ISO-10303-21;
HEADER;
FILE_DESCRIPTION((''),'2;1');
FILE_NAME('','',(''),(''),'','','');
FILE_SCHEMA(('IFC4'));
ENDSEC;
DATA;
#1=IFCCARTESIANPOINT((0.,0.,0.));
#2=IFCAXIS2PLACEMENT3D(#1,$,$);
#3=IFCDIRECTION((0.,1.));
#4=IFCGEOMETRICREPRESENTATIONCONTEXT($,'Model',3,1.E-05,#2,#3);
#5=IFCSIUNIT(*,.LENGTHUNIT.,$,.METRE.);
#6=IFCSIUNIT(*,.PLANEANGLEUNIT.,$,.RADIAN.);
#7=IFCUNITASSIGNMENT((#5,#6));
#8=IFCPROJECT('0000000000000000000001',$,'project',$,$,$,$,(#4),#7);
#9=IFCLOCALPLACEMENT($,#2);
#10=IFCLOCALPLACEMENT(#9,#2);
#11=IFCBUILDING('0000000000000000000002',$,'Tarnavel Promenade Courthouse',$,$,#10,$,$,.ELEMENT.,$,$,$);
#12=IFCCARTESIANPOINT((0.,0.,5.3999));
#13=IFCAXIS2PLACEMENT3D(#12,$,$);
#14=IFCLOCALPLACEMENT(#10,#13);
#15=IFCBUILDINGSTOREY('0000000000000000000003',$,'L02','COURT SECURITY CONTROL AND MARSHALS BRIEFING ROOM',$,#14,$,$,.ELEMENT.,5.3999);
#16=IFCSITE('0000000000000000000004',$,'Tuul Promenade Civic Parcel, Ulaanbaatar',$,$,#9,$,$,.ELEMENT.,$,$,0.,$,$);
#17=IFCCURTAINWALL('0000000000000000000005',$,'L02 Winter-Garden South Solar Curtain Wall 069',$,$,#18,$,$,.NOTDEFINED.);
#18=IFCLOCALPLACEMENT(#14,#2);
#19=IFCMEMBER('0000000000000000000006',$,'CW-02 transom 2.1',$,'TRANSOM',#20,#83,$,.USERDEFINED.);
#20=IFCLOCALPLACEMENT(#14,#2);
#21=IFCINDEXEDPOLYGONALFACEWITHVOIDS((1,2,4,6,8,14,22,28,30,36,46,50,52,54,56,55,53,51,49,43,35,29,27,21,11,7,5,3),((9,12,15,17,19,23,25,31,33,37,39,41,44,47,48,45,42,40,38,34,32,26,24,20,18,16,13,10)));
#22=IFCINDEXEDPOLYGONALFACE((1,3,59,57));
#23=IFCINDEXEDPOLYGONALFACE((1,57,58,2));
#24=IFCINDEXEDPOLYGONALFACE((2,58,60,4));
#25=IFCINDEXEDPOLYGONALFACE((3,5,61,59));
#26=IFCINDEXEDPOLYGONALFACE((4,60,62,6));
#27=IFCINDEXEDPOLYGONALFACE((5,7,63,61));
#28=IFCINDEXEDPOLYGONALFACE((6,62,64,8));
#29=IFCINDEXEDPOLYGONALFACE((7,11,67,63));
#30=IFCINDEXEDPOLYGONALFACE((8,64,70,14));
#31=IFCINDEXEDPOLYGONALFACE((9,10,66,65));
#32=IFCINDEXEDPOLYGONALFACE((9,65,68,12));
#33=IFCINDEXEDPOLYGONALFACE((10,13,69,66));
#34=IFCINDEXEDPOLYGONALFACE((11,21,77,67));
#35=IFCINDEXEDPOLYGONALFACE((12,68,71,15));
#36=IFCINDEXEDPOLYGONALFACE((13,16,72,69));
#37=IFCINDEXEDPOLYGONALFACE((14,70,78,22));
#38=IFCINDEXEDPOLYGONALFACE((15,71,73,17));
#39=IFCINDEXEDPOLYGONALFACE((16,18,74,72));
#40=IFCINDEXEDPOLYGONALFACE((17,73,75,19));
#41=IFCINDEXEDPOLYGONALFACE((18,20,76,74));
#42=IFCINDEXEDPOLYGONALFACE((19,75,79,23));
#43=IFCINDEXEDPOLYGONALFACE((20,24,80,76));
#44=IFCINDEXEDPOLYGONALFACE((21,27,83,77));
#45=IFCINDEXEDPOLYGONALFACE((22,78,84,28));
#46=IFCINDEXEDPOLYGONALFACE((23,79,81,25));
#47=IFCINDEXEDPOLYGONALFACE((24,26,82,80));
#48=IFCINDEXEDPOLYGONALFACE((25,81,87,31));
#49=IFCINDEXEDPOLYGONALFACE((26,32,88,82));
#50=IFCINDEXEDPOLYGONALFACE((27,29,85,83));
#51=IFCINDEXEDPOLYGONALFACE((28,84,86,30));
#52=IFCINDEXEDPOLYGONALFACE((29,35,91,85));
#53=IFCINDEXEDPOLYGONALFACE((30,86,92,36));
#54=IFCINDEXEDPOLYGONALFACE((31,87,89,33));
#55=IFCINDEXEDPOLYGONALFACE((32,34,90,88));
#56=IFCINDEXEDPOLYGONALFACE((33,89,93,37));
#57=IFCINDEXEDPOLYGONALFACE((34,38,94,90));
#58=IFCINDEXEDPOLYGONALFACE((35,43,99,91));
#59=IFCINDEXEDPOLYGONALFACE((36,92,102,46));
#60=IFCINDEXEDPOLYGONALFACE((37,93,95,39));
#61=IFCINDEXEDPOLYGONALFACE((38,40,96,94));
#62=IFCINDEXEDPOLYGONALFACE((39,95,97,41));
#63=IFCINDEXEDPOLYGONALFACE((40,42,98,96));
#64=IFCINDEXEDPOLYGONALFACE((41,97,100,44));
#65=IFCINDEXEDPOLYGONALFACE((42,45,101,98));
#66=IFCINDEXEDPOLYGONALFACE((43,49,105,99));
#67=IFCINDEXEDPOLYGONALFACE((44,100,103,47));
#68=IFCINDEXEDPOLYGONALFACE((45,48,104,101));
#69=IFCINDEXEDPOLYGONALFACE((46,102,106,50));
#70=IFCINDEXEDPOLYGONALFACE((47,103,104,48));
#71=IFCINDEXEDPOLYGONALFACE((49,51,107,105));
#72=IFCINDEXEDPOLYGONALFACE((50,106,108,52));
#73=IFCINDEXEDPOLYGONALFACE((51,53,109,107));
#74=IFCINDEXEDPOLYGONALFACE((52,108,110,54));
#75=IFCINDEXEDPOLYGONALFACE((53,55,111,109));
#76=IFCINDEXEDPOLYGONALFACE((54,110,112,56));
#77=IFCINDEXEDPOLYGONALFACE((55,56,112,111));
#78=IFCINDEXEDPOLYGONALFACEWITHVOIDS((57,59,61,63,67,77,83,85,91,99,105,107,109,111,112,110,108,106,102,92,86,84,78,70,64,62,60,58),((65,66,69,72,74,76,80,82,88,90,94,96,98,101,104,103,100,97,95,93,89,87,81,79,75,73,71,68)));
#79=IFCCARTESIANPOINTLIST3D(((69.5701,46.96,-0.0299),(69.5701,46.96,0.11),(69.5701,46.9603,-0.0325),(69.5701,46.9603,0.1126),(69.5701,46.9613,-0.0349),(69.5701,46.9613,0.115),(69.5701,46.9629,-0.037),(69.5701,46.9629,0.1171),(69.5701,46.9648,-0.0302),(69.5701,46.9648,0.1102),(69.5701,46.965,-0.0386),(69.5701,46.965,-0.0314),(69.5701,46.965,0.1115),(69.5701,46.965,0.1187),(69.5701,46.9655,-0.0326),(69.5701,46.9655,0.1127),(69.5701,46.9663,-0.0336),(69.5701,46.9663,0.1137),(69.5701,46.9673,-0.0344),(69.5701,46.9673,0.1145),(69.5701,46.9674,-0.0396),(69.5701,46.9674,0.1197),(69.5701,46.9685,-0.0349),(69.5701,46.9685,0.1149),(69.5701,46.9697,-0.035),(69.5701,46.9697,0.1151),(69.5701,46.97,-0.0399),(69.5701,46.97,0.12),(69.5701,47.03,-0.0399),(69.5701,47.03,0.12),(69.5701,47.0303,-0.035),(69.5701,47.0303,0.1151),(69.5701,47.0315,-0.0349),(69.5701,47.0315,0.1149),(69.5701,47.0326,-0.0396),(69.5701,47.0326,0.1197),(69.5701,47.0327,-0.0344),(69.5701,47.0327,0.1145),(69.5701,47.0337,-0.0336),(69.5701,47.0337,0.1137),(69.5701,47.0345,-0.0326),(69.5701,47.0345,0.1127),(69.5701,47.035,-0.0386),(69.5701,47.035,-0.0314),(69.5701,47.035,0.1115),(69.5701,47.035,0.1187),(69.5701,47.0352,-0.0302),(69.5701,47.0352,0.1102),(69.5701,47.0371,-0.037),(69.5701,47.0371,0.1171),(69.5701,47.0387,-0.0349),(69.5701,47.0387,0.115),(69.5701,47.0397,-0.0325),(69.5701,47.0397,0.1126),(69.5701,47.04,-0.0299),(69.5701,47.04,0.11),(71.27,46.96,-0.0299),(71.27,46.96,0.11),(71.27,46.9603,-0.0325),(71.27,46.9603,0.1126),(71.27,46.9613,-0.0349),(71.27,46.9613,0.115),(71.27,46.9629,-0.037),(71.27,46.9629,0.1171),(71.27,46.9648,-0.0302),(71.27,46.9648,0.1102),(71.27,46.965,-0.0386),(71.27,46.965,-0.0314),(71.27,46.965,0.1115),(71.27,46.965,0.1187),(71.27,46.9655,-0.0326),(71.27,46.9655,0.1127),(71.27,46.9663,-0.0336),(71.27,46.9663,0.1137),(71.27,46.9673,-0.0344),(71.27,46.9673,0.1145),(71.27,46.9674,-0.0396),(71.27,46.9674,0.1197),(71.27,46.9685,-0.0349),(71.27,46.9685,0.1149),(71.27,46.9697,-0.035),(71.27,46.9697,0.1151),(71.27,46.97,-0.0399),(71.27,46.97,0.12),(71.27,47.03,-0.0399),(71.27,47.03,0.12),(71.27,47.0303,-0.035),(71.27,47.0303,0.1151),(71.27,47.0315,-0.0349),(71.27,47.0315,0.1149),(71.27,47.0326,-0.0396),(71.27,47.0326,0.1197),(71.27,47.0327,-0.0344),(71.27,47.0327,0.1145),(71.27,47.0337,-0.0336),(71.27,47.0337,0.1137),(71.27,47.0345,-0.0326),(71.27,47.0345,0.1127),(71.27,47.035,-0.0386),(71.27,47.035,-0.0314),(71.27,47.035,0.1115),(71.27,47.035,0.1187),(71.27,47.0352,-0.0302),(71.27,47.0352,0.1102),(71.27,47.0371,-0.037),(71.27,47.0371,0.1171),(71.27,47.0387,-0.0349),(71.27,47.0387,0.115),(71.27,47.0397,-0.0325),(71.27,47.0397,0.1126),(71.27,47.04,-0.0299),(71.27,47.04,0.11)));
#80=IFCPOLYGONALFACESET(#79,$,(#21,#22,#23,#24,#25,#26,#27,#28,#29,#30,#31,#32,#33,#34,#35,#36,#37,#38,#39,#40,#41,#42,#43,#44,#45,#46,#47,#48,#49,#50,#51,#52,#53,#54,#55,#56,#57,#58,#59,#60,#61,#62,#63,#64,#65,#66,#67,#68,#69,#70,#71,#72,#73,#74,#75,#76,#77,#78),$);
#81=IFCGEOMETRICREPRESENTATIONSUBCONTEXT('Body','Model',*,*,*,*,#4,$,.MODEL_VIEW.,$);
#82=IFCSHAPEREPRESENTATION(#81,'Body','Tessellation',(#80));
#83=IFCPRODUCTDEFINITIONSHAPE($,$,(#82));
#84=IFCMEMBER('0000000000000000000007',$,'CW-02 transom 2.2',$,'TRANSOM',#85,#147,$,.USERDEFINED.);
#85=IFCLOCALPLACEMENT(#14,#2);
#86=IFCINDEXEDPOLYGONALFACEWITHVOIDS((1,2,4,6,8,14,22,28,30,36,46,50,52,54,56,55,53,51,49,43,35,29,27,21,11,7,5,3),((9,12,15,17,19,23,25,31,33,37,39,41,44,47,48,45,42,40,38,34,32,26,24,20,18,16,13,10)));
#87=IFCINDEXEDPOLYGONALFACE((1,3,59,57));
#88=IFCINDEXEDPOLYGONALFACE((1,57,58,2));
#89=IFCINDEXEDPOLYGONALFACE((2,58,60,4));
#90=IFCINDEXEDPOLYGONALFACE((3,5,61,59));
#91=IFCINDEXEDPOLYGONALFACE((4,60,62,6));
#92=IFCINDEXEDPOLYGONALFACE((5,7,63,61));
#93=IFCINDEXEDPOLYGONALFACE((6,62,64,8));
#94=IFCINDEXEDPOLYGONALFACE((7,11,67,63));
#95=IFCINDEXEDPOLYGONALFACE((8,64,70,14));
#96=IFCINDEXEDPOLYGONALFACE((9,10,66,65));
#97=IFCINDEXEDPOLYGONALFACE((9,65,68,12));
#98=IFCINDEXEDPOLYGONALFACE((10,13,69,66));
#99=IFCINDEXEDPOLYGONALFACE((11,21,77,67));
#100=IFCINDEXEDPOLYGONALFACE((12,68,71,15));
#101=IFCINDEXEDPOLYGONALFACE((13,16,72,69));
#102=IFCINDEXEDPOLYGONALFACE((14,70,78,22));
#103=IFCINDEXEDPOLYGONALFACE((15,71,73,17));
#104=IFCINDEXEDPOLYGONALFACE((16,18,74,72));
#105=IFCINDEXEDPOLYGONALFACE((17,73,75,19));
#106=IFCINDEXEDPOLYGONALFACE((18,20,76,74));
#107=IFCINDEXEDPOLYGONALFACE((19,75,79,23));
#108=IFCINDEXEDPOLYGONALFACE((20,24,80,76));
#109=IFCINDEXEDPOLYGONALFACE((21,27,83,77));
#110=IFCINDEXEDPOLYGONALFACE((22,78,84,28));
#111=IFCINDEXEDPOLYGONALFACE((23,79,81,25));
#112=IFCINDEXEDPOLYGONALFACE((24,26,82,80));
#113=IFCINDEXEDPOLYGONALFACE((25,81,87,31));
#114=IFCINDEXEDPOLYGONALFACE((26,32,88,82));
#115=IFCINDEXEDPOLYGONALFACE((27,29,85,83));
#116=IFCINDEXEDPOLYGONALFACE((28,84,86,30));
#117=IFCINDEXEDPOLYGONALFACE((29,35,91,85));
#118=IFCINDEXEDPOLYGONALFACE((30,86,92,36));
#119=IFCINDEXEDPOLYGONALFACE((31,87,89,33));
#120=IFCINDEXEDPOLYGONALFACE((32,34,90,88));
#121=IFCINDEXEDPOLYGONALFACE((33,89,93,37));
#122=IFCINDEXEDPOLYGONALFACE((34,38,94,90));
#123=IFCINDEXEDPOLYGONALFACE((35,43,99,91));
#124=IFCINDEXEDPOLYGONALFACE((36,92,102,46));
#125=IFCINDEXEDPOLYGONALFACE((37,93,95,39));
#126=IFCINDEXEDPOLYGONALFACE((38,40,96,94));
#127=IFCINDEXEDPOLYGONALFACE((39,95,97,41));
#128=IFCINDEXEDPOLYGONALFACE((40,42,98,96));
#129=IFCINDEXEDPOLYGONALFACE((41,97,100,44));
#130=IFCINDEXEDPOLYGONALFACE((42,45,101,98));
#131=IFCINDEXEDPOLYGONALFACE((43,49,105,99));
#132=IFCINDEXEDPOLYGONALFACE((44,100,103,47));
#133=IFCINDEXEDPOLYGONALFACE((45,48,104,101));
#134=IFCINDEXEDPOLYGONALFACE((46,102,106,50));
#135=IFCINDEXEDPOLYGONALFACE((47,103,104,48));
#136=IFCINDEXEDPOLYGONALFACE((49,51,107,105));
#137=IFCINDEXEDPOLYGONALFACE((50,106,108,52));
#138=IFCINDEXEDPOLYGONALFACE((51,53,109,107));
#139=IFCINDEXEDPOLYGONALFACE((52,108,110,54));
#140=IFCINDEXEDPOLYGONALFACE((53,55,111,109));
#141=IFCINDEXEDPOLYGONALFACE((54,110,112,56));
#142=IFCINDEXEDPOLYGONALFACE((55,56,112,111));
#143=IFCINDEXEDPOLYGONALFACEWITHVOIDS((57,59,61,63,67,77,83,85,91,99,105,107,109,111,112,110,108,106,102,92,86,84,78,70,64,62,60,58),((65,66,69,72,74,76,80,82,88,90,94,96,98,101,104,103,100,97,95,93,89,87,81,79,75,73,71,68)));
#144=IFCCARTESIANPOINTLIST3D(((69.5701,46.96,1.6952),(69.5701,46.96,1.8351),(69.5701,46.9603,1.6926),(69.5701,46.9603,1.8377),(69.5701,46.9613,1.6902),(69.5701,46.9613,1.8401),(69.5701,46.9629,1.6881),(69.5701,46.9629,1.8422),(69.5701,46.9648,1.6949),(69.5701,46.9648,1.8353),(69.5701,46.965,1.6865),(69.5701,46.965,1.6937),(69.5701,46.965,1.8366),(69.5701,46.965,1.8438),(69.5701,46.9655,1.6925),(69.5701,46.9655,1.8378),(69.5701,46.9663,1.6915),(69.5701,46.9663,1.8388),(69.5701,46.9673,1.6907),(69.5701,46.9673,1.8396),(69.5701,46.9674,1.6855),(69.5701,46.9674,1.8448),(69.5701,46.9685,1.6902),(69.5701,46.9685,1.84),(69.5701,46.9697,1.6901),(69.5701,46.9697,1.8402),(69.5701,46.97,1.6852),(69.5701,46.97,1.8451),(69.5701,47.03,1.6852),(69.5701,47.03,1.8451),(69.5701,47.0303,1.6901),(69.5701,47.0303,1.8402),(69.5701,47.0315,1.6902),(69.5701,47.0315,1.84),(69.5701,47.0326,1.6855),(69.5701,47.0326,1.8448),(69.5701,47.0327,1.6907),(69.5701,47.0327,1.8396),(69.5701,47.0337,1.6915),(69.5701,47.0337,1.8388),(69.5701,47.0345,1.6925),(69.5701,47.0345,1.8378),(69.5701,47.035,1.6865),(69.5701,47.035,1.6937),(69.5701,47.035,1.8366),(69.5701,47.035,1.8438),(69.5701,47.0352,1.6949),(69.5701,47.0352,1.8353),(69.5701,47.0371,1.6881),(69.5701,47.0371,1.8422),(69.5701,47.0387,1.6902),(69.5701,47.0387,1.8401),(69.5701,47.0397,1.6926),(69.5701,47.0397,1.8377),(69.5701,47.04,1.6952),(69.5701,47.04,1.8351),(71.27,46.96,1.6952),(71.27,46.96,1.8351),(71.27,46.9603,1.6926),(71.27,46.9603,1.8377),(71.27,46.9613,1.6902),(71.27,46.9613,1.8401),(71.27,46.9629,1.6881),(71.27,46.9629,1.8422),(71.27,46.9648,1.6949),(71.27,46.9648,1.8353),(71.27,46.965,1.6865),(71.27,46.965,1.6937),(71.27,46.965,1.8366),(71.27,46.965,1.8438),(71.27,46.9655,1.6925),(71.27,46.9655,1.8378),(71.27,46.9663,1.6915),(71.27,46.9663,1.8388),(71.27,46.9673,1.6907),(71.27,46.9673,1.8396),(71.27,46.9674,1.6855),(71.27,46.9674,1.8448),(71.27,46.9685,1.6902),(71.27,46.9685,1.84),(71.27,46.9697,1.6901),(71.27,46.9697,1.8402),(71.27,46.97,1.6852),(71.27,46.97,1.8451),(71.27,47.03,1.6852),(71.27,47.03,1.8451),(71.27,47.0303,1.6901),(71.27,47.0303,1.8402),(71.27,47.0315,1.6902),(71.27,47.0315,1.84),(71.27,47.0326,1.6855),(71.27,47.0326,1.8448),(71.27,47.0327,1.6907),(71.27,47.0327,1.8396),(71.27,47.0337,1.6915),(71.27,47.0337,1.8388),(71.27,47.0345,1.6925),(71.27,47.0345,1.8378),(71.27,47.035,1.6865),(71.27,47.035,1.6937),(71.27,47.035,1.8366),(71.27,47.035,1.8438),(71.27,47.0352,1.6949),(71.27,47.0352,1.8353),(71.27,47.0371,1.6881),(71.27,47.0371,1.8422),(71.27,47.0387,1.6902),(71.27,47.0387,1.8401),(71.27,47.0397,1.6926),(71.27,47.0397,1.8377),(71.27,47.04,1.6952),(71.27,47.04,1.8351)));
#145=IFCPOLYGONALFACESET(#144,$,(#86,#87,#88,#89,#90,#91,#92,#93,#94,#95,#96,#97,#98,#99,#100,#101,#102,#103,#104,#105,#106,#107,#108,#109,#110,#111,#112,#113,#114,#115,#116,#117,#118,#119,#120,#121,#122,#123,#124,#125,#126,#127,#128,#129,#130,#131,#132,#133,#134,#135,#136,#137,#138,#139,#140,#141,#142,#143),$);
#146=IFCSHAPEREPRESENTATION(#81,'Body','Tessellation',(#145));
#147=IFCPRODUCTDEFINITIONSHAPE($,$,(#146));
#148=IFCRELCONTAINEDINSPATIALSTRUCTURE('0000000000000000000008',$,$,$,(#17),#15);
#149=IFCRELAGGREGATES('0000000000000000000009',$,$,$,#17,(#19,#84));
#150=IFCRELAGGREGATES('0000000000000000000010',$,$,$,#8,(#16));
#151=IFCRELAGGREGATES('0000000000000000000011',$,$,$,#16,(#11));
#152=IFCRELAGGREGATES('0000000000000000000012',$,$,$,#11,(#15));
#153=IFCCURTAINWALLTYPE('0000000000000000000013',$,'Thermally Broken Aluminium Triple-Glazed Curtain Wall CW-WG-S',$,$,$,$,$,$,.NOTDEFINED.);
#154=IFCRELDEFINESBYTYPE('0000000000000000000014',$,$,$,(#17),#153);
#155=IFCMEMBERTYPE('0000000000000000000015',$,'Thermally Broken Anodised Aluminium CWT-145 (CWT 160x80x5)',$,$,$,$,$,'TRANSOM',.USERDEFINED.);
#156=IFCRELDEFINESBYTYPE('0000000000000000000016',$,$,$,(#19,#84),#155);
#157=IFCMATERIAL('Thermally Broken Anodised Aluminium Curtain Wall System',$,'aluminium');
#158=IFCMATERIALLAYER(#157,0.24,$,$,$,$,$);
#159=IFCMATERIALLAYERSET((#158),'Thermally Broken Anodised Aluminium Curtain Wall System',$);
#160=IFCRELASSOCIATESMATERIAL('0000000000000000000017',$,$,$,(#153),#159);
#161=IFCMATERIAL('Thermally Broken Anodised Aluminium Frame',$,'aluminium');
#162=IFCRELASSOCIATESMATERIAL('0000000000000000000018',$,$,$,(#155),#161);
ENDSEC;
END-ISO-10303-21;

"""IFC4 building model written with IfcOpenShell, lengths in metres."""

from ifc_helpers import new_model, si_unit, direction, frame, origin, origin_2d, place, context, subcontext, project, spatial, hollow_rectangle, extrude, material, layer, layer_set, material_profile, profile_set, type_object, element, aggregate, save


model = new_model("IFC4")

# Units and contexts
model_context = context("Model", 3, precision=1e-05, world=origin(), true_north=direction((0.0, 1.0)))
body_context = subcontext(model_context, "Body", "Model", "MODEL_VIEW")
ifc_project = project(units=[si_unit("LENGTHUNIT", "METRE"), si_unit("PLANEANGLEUNIT", "RADIAN")], contexts=[model_context])

# Site, building, storey
site_placement = place(None, origin())
site = spatial("IfcSite", under=ifc_project, at=site_placement, Name="Tuul Promenade Civic Parcel, Ulaanbaatar", CompositionType="ELEMENT", RefElevation=0.0)
building_placement = place(site_placement, origin())
building = spatial("IfcBuilding", under=site, at=building_placement, Name="Tarnavel Promenade Courthouse", CompositionType="ELEMENT")
storey_placement = place(building_placement, frame((0.0, 0.0, 5.3999)))
storey = spatial("IfcBuildingStorey", under=building, at=storey_placement, Name="L02", Description="COURT SECURITY CONTROL AND MARSHALS BRIEFING ROOM", CompositionType="ELEMENT", Elevation=5.3999)

# Curtain wall
ifc_material_1 = material(Name="Thermally Broken Anodised Aluminium Curtain Wall System", Category="aluminium")
ifc_layer_1 = layer(ifc_material_1, 0.24)
ifc_layer_set_1 = layer_set([ifc_layer_1], Name="Thermally Broken Anodised Aluminium Curtain Wall System")
curtain_wall_type = type_object("IfcCurtainWallType", Name="Thermally Broken Aluminium Triple-Glazed Curtain Wall CW-WG-S", PredefinedType="NOTDEFINED", material=ifc_layer_set_1)
curtain_wall_1_placement = place(storey_placement, origin())
curtain_wall_1 = element("IfcCurtainWall", 1, at=curtain_wall_1_placement, inside=storey, type_object=curtain_wall_type, Name="L02 Winter-Garden South Solar Curtain Wall 069", PredefinedType="NOTDEFINED")
ifc_material_2 = material(Name="Thermally Broken Anodised Aluminium Frame", Category="aluminium")

# Members
ifc_material_profile_1 = material_profile(ifc_material_2, hollow_rectangle(XDim=0.0801, YDim=0.1599, WallThickness=0.0049, InnerFilletRadius=0.0049, OuterFilletRadius=0.01, at=origin_2d()), Name="CWT 160x80x5")
ifc_profile_set_1 = profile_set([ifc_material_profile_1], Name="Thermally Broken Anodised Aluminium Frame")
member_type_1 = type_object("IfcMemberType", Name="Thermally Broken Anodised Aluminium CWT-145 (CWT 160x80x5)", ElementType="TRANSOM", PredefinedType="USERDEFINED", material=ifc_profile_set_1)
member_1_placement = place(storey_placement, frame((69.5701, 47.0, 0.04), z_axis=(1.0, 0.0, 0.0), x_axis=(0.0, 1.0, 0.0)))
member_1 = element("IfcMember", 2, at=member_1_placement, type_object=member_type_1, Name="CW-02 transom 2.1", ObjectType="TRANSOM", PredefinedType="USERDEFINED", context=body_context, shape_type="SweptSolid", body=[
    extrude(hollow_rectangle(XDim=0.0801, YDim=0.1599, WallThickness=0.0049, InnerFilletRadius=0.0049, OuterFilletRadius=0.01, at=origin_2d()), origin(), (0.0, 0.0, 1.0), 1.7),
])
member_2_placement = place(storey_placement, frame((69.5701, 47.0, 1.7651), z_axis=(1.0, 0.0, 0.0), x_axis=(0.0, 1.0, 0.0)))
member_2 = element("IfcMember", 3, at=member_2_placement, type_object=member_type_1, Name="CW-02 transom 2.2", ObjectType="TRANSOM", PredefinedType="USERDEFINED", context=body_context, shape_type="SweptSolid", body=[
    extrude(hollow_rectangle(XDim=0.0801, YDim=0.1599, WallThickness=0.0049, InnerFilletRadius=0.0049, OuterFilletRadius=0.01, at=origin_2d()), origin(), (0.0, 0.0, 1.0), 1.7),
])

aggregate(curtain_wall_1, [member_1, member_2])

save(model, "model.ifc")
